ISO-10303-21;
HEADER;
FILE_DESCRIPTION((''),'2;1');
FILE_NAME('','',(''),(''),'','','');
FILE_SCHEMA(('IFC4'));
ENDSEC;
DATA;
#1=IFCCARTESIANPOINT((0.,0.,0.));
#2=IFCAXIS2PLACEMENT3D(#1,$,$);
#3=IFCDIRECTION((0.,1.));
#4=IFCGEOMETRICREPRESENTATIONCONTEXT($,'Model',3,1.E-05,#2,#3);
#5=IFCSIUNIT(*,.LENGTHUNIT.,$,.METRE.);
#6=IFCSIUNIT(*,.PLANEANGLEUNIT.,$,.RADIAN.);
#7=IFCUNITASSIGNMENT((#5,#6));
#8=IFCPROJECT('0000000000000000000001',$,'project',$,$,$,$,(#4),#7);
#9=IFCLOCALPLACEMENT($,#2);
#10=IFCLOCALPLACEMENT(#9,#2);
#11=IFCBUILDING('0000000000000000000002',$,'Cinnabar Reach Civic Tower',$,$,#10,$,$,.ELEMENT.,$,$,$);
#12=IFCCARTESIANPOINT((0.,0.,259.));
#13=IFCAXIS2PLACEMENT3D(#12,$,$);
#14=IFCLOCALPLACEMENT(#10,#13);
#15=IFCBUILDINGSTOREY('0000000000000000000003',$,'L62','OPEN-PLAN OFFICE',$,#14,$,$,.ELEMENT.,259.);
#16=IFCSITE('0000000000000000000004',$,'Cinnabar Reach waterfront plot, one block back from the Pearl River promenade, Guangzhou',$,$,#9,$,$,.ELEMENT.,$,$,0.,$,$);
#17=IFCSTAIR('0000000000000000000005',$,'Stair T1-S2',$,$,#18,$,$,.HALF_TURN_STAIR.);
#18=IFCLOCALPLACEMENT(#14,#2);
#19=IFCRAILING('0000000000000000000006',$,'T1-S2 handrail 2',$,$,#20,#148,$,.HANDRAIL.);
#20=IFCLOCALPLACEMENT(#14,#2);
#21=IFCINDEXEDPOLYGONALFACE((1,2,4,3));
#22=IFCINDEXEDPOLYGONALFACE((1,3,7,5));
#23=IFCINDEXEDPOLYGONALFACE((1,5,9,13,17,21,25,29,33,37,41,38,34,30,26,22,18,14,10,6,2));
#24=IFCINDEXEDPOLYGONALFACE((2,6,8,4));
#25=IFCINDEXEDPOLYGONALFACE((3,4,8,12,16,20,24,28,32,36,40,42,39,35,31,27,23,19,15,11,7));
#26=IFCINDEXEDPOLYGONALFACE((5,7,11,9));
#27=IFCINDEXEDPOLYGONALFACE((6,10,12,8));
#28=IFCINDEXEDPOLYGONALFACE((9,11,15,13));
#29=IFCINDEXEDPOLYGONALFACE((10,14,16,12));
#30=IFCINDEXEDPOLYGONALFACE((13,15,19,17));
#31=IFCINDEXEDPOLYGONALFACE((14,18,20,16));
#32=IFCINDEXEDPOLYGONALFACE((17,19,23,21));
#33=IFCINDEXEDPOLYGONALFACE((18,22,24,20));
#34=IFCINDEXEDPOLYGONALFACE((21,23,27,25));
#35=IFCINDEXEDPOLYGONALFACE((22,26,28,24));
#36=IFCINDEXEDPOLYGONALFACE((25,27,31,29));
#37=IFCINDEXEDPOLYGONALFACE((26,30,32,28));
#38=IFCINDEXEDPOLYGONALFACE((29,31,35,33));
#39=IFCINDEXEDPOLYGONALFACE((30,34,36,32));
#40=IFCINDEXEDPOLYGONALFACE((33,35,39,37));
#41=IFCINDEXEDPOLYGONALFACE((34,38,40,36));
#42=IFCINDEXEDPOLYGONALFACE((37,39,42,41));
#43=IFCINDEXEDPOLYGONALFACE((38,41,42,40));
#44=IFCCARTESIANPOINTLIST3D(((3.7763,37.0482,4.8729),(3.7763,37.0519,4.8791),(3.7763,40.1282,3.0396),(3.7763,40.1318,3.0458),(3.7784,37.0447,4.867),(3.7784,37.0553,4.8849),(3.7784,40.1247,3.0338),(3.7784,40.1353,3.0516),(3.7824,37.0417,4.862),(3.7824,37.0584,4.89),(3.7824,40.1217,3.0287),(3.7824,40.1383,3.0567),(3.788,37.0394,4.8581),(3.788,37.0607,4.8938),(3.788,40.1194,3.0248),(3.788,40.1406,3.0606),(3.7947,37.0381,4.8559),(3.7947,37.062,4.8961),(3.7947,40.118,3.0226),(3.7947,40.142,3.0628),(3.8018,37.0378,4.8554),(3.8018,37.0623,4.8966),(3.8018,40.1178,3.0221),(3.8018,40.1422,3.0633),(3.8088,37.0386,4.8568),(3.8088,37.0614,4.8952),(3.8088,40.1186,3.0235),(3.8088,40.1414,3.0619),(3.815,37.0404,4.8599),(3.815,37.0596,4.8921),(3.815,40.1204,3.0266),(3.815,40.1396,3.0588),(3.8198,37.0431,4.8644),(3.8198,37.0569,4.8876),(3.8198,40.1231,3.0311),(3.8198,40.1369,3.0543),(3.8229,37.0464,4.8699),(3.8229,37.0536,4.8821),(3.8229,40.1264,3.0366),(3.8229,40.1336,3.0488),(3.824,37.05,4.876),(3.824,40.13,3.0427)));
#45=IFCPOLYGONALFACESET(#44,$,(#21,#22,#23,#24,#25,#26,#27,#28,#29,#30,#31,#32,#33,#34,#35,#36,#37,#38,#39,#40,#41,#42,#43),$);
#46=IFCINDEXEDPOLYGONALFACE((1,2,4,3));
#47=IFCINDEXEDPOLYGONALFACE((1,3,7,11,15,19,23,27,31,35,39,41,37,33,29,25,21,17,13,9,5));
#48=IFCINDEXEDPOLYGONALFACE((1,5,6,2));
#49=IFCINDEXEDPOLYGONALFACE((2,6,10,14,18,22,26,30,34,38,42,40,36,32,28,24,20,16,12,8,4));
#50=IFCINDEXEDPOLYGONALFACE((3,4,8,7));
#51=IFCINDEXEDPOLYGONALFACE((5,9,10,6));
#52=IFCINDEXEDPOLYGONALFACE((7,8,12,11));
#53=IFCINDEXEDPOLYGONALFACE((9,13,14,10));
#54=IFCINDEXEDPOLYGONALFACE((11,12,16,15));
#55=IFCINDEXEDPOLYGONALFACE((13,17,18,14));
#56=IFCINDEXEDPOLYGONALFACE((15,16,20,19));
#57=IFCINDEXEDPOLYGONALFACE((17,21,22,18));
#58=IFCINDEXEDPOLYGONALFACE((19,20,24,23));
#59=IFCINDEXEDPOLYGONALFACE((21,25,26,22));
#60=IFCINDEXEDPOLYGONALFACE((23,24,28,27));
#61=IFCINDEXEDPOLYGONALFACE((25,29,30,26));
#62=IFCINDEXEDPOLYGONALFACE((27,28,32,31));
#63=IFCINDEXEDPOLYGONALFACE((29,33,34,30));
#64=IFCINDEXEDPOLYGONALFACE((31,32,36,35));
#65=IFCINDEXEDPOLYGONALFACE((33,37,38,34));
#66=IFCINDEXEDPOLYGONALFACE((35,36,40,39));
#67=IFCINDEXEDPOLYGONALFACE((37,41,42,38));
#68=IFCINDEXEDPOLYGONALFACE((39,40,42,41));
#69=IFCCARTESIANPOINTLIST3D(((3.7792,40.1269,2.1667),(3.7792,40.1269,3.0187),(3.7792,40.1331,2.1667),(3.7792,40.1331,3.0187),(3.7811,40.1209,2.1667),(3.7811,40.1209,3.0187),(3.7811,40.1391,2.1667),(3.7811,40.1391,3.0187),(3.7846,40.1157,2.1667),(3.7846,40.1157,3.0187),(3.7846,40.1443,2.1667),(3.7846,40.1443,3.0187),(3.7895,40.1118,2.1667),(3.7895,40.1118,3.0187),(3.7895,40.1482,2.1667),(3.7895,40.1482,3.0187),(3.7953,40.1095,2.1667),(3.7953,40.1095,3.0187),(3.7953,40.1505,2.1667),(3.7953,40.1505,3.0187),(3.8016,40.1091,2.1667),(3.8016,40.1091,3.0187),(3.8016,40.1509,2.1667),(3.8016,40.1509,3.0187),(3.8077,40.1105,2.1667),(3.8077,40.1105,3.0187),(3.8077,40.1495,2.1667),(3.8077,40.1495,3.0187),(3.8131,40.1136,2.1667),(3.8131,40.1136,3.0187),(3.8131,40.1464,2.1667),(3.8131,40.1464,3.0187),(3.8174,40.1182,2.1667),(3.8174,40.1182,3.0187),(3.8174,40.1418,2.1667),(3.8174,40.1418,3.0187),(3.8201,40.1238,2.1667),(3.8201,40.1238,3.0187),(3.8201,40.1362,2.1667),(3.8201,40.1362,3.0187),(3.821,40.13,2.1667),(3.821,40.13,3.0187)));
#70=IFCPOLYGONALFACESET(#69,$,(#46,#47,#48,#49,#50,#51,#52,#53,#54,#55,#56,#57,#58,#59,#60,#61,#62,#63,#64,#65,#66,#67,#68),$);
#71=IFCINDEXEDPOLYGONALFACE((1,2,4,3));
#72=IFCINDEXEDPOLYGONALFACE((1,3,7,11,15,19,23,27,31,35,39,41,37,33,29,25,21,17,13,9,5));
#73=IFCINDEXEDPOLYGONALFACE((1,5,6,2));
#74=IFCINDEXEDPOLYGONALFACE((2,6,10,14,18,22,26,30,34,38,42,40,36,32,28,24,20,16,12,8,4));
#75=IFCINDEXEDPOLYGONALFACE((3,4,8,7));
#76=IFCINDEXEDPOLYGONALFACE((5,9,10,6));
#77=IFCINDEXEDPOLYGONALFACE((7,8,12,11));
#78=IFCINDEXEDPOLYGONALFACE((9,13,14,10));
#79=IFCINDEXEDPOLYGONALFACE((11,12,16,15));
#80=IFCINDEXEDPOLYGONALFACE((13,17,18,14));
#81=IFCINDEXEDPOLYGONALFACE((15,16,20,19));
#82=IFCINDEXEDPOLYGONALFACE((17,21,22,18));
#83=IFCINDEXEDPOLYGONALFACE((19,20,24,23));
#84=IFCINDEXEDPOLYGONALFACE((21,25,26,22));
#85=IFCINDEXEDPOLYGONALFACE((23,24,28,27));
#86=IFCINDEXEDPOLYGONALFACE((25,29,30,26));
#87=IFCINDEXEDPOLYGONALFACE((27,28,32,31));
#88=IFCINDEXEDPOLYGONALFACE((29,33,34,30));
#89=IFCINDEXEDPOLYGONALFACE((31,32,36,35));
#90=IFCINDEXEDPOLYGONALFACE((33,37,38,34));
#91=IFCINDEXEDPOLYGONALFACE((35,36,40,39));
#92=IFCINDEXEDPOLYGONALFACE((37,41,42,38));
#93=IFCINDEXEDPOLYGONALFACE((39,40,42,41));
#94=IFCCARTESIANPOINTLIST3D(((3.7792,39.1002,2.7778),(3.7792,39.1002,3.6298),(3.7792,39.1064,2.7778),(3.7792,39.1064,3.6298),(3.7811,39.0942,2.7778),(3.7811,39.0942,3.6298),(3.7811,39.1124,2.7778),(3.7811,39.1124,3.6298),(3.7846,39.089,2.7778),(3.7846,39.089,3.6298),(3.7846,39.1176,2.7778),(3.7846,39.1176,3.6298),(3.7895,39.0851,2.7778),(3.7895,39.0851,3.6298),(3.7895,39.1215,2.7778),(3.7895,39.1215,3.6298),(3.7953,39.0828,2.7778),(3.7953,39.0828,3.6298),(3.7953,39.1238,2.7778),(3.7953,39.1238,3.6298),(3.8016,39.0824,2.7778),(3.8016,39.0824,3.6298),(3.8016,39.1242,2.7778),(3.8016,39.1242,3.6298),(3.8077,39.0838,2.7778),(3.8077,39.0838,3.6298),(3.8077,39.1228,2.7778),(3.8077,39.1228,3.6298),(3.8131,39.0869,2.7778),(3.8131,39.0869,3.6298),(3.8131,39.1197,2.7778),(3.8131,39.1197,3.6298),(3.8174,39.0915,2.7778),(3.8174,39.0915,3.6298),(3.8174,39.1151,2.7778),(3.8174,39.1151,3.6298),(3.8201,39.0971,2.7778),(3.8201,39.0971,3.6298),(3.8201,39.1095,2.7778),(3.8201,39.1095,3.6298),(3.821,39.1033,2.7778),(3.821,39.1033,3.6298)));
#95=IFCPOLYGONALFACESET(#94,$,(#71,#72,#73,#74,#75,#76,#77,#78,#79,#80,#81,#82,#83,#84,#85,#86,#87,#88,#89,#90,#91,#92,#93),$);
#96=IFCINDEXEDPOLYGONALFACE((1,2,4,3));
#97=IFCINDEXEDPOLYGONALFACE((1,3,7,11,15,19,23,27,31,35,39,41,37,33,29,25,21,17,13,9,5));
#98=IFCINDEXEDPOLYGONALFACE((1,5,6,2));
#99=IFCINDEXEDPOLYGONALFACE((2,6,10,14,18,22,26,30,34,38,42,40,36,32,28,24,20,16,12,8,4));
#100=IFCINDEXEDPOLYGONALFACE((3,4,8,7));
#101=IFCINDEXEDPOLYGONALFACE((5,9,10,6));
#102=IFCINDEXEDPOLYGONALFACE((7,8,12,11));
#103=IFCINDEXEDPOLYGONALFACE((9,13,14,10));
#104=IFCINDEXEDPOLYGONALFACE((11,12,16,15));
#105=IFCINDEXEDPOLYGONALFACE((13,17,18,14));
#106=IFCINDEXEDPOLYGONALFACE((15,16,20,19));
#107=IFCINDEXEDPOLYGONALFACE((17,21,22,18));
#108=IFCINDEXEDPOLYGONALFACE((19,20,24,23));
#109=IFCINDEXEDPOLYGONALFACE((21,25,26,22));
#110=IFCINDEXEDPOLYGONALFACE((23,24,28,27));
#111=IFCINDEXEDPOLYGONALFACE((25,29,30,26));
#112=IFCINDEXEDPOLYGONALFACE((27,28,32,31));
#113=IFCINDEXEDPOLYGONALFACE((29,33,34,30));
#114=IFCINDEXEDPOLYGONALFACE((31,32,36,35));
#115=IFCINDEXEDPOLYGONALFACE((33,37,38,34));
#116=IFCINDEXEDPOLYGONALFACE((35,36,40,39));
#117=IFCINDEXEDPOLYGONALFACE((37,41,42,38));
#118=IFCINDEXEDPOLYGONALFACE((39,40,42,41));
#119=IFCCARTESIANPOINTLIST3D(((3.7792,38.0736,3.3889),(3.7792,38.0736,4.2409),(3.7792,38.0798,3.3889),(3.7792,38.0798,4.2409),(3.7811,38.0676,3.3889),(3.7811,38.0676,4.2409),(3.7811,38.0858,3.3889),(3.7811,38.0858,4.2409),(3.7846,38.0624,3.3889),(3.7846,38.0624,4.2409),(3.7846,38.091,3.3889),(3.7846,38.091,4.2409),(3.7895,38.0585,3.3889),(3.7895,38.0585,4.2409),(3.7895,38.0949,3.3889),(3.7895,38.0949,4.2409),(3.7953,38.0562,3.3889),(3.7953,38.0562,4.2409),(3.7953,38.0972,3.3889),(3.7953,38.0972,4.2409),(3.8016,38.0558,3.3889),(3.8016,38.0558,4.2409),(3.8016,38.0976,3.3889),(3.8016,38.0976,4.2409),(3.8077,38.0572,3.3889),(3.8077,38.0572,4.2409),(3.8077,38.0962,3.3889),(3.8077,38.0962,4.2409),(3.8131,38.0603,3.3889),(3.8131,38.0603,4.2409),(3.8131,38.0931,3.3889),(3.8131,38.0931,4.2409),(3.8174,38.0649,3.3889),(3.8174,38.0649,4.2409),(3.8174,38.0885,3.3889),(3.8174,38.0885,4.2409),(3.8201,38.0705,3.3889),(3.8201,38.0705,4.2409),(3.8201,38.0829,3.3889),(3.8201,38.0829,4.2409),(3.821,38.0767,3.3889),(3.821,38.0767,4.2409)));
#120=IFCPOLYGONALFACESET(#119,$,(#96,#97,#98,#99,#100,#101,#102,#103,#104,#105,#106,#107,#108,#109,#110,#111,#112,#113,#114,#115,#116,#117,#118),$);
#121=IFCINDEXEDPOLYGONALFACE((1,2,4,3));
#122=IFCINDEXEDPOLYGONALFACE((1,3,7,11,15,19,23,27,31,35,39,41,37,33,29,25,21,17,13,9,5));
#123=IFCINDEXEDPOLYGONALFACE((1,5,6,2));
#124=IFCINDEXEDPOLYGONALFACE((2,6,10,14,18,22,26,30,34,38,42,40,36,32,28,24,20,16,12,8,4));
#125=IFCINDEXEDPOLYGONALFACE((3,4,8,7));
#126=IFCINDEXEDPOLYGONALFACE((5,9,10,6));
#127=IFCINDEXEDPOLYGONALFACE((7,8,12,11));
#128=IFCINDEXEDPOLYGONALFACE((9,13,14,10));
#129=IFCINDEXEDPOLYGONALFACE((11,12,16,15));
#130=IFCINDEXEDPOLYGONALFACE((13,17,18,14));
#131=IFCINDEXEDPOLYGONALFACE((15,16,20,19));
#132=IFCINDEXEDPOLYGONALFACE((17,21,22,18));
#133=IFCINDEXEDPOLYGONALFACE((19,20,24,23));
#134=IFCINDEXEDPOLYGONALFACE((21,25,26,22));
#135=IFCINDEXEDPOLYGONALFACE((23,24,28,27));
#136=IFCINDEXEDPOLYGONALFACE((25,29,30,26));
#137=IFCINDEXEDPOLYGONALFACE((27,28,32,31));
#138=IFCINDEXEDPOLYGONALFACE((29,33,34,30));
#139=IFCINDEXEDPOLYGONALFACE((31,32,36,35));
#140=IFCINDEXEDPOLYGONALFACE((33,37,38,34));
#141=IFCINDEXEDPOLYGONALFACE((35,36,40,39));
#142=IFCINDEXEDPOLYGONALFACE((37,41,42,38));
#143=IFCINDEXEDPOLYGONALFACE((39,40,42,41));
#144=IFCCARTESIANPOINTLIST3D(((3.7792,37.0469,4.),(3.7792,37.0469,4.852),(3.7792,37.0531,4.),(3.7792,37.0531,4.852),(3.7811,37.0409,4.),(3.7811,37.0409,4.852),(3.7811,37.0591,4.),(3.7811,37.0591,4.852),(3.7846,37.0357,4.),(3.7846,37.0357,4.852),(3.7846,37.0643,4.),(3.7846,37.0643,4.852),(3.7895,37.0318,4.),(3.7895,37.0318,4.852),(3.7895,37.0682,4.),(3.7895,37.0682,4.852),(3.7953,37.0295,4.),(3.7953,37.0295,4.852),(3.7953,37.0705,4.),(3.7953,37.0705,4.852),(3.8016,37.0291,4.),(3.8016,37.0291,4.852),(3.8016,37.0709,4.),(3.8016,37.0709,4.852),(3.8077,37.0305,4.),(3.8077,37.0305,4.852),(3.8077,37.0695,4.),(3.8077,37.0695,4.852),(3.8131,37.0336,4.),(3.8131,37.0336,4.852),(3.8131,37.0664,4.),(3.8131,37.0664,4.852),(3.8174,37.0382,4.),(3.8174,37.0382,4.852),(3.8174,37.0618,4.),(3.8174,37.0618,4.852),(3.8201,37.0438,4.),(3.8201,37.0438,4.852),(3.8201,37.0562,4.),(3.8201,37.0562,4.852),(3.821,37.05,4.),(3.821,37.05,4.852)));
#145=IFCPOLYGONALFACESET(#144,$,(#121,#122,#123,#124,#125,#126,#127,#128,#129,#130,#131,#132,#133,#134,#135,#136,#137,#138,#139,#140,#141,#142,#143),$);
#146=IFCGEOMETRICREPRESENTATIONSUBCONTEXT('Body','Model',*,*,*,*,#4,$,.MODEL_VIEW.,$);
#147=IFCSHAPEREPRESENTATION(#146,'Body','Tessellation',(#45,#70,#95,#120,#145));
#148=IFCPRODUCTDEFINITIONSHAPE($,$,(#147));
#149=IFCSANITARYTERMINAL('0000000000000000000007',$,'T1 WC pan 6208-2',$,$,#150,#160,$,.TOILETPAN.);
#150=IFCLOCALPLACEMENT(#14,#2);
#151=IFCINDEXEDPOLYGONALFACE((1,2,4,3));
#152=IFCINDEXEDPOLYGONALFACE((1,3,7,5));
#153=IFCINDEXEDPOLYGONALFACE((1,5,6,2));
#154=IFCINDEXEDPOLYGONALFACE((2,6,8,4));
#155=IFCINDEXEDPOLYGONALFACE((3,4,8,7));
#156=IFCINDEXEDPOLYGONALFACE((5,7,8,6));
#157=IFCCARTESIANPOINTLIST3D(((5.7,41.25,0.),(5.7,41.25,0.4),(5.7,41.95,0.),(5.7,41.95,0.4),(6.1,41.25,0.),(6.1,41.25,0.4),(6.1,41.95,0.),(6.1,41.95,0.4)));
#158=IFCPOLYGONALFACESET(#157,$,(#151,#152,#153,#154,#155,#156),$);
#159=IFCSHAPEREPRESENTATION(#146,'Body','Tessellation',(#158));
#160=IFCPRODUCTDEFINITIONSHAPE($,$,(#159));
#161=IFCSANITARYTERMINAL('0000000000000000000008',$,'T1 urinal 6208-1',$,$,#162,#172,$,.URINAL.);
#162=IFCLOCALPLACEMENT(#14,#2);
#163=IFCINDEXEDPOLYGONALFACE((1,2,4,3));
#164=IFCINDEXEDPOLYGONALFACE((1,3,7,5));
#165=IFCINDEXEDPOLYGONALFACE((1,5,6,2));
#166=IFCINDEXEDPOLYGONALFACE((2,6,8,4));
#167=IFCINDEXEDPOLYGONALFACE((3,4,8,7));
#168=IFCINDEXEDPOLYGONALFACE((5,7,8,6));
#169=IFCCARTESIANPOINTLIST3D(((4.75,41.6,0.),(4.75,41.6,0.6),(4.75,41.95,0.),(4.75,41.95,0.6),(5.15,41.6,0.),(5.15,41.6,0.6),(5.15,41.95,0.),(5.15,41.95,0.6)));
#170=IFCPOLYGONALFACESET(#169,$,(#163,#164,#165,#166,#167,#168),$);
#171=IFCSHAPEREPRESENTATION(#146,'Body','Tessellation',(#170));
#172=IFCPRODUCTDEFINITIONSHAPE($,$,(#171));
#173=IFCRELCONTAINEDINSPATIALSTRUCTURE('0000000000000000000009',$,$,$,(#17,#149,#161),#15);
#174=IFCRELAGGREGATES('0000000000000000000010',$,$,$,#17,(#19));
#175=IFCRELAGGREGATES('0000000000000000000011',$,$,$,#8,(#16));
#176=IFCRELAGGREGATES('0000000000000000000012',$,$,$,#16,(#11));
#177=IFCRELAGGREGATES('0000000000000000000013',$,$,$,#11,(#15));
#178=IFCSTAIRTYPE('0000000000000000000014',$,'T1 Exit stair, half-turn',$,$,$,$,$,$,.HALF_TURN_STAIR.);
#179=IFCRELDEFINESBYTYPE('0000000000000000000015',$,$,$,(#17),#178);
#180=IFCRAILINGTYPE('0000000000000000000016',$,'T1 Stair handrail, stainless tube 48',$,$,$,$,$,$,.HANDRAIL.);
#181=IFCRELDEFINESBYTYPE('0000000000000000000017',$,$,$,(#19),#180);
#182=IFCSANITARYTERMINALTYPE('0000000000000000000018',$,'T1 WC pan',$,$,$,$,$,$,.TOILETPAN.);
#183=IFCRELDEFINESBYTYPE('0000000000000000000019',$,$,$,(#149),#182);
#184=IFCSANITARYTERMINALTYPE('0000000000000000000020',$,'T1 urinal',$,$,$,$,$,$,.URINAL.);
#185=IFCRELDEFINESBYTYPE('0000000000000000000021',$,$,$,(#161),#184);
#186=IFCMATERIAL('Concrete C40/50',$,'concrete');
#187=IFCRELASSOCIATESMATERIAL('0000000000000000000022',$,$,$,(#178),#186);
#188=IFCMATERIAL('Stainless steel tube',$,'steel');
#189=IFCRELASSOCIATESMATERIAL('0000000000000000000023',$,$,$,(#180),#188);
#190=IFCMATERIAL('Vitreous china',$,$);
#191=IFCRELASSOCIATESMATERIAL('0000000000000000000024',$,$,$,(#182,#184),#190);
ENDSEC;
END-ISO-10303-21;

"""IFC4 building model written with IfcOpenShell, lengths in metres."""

from ifc_helpers import new_model, si_unit, direction, frame, origin, origin_2d, place, context, subcontext, project, spatial, rectangle, circle, extrude, material, type_object, element, aggregate, save


model = new_model("IFC4")

# Units and contexts
model_context = context("Model", 3, precision=1e-05, world=origin(), true_north=direction((0.0, 1.0)))
body_context = subcontext(model_context, "Body", "Model", "MODEL_VIEW")
ifc_project = project(units=[si_unit("LENGTHUNIT", "METRE"), si_unit("PLANEANGLEUNIT", "RADIAN")], contexts=[model_context])

# Site, building, storey
site_placement = place(None, origin())
site = spatial("IfcSite", under=ifc_project, at=site_placement, Name="Cinnabar Reach waterfront plot, one block back from the Pearl River promenade, Guangzhou", CompositionType="ELEMENT", RefElevation=0.0)
building_placement = place(site_placement, origin())
building = spatial("IfcBuilding", under=site, at=building_placement, Name="Cinnabar Reach Civic Tower", CompositionType="ELEMENT")
storey_placement = place(building_placement, frame((0.0, 0.0, 259.0)))
storey = spatial("IfcBuildingStorey", under=building, at=storey_placement, Name="L62", Description="OPEN-PLAN OFFICE", CompositionType="ELEMENT", Elevation=259.0)

# Shared definitions
ifc_material_1 = material(Name="Concrete C40/50", Category="concrete")

# Stair, railing
stair_type = type_object("IfcStairType", Name="T1 Exit stair, half-turn", PredefinedType="HALF_TURN_STAIR", material=ifc_material_1)
stair_placement = place(storey_placement, origin())
stair = element("IfcStair", 1, at=stair_placement, inside=storey, type_object=stair_type, Name="Stair T1-S2", PredefinedType="HALF_TURN_STAIR")
ifc_material_2 = material(Name="Stainless steel tube", Category="steel")
railing_type = type_object("IfcRailingType", Name="T1 Stair handrail, stainless tube 48", PredefinedType="HANDRAIL", material=ifc_material_2)
railing_1_placement = place(storey_placement, frame((3.8, 40.13, 2.1667)))
railing_1 = element("IfcRailing", 2, at=railing_1_placement, type_object=railing_type, Name="T1-S2 handrail 2", PredefinedType="HANDRAIL", context=body_context, shape_type="SweptSolid", body=[
    extrude(circle(Radius=0.024, at=origin_2d()), frame((0.0, 0.0, 0.876), z_axis=(0.0, -0.859297, 0.511477), x_axis=(1.0, 0.0, 0.0)), (0.0, 0.0, 1.0), 3.5843),
    extrude(circle(Radius=0.021, at=origin_2d()), origin(), (0.0, 0.0, 1.0), 0.852),
    extrude(circle(Radius=0.021, at=origin_2d()), frame((0.0, -1.0267, 0.6111)), (0.0, 0.0, 1.0), 0.852),
    extrude(circle(Radius=0.021, at=origin_2d()), frame((0.0, -2.0533, 1.2222)), (0.0, 0.0, 1.0), 0.852),
    extrude(circle(Radius=0.021, at=origin_2d()), frame((0.0, -3.08, 1.8333)), (0.0, 0.0, 1.0), 0.852),
])
aggregate(stair, [railing_1])

# Sanitary terminals
ifc_material_3 = material(Name="Vitreous china")
sanitary_terminal_type_1 = type_object("IfcSanitaryTerminalType", Name="T1 WC pan", PredefinedType="TOILETPAN", material=ifc_material_3)
sanitary_terminal_1_placement = place(storey_placement, frame((5.9, 41.6, 0.0), z_axis=(0.0, 0.0, 1.0), x_axis=(1.0, 0.0, 0.0)))
element("IfcSanitaryTerminal", 3, at=sanitary_terminal_1_placement, inside=storey, type_object=sanitary_terminal_type_1, Name="T1 WC pan 6208-2", PredefinedType="TOILETPAN", context=body_context, shape_type="SweptSolid", body=[
    extrude(rectangle(XDim=0.4, YDim=0.7, at=origin_2d()), origin(), (0.0, 0.0, 1.0), 0.4),
])
sanitary_terminal_type_2 = type_object("IfcSanitaryTerminalType", Name="T1 urinal", PredefinedType="URINAL", material=ifc_material_3)
sanitary_terminal_2_placement = place(storey_placement, frame((4.95, 41.775, 0.0), z_axis=(0.0, 0.0, 1.0), x_axis=(1.0, 0.0, 0.0)))
element("IfcSanitaryTerminal", 4, at=sanitary_terminal_2_placement, inside=storey, type_object=sanitary_terminal_type_2, Name="T1 urinal 6208-1", PredefinedType="URINAL", context=body_context, shape_type="SweptSolid", body=[
    extrude(rectangle(XDim=0.4, YDim=0.35, at=origin_2d()), origin(), (0.0, 0.0, 1.0), 0.6),
])

save(model, "model.ifc")
